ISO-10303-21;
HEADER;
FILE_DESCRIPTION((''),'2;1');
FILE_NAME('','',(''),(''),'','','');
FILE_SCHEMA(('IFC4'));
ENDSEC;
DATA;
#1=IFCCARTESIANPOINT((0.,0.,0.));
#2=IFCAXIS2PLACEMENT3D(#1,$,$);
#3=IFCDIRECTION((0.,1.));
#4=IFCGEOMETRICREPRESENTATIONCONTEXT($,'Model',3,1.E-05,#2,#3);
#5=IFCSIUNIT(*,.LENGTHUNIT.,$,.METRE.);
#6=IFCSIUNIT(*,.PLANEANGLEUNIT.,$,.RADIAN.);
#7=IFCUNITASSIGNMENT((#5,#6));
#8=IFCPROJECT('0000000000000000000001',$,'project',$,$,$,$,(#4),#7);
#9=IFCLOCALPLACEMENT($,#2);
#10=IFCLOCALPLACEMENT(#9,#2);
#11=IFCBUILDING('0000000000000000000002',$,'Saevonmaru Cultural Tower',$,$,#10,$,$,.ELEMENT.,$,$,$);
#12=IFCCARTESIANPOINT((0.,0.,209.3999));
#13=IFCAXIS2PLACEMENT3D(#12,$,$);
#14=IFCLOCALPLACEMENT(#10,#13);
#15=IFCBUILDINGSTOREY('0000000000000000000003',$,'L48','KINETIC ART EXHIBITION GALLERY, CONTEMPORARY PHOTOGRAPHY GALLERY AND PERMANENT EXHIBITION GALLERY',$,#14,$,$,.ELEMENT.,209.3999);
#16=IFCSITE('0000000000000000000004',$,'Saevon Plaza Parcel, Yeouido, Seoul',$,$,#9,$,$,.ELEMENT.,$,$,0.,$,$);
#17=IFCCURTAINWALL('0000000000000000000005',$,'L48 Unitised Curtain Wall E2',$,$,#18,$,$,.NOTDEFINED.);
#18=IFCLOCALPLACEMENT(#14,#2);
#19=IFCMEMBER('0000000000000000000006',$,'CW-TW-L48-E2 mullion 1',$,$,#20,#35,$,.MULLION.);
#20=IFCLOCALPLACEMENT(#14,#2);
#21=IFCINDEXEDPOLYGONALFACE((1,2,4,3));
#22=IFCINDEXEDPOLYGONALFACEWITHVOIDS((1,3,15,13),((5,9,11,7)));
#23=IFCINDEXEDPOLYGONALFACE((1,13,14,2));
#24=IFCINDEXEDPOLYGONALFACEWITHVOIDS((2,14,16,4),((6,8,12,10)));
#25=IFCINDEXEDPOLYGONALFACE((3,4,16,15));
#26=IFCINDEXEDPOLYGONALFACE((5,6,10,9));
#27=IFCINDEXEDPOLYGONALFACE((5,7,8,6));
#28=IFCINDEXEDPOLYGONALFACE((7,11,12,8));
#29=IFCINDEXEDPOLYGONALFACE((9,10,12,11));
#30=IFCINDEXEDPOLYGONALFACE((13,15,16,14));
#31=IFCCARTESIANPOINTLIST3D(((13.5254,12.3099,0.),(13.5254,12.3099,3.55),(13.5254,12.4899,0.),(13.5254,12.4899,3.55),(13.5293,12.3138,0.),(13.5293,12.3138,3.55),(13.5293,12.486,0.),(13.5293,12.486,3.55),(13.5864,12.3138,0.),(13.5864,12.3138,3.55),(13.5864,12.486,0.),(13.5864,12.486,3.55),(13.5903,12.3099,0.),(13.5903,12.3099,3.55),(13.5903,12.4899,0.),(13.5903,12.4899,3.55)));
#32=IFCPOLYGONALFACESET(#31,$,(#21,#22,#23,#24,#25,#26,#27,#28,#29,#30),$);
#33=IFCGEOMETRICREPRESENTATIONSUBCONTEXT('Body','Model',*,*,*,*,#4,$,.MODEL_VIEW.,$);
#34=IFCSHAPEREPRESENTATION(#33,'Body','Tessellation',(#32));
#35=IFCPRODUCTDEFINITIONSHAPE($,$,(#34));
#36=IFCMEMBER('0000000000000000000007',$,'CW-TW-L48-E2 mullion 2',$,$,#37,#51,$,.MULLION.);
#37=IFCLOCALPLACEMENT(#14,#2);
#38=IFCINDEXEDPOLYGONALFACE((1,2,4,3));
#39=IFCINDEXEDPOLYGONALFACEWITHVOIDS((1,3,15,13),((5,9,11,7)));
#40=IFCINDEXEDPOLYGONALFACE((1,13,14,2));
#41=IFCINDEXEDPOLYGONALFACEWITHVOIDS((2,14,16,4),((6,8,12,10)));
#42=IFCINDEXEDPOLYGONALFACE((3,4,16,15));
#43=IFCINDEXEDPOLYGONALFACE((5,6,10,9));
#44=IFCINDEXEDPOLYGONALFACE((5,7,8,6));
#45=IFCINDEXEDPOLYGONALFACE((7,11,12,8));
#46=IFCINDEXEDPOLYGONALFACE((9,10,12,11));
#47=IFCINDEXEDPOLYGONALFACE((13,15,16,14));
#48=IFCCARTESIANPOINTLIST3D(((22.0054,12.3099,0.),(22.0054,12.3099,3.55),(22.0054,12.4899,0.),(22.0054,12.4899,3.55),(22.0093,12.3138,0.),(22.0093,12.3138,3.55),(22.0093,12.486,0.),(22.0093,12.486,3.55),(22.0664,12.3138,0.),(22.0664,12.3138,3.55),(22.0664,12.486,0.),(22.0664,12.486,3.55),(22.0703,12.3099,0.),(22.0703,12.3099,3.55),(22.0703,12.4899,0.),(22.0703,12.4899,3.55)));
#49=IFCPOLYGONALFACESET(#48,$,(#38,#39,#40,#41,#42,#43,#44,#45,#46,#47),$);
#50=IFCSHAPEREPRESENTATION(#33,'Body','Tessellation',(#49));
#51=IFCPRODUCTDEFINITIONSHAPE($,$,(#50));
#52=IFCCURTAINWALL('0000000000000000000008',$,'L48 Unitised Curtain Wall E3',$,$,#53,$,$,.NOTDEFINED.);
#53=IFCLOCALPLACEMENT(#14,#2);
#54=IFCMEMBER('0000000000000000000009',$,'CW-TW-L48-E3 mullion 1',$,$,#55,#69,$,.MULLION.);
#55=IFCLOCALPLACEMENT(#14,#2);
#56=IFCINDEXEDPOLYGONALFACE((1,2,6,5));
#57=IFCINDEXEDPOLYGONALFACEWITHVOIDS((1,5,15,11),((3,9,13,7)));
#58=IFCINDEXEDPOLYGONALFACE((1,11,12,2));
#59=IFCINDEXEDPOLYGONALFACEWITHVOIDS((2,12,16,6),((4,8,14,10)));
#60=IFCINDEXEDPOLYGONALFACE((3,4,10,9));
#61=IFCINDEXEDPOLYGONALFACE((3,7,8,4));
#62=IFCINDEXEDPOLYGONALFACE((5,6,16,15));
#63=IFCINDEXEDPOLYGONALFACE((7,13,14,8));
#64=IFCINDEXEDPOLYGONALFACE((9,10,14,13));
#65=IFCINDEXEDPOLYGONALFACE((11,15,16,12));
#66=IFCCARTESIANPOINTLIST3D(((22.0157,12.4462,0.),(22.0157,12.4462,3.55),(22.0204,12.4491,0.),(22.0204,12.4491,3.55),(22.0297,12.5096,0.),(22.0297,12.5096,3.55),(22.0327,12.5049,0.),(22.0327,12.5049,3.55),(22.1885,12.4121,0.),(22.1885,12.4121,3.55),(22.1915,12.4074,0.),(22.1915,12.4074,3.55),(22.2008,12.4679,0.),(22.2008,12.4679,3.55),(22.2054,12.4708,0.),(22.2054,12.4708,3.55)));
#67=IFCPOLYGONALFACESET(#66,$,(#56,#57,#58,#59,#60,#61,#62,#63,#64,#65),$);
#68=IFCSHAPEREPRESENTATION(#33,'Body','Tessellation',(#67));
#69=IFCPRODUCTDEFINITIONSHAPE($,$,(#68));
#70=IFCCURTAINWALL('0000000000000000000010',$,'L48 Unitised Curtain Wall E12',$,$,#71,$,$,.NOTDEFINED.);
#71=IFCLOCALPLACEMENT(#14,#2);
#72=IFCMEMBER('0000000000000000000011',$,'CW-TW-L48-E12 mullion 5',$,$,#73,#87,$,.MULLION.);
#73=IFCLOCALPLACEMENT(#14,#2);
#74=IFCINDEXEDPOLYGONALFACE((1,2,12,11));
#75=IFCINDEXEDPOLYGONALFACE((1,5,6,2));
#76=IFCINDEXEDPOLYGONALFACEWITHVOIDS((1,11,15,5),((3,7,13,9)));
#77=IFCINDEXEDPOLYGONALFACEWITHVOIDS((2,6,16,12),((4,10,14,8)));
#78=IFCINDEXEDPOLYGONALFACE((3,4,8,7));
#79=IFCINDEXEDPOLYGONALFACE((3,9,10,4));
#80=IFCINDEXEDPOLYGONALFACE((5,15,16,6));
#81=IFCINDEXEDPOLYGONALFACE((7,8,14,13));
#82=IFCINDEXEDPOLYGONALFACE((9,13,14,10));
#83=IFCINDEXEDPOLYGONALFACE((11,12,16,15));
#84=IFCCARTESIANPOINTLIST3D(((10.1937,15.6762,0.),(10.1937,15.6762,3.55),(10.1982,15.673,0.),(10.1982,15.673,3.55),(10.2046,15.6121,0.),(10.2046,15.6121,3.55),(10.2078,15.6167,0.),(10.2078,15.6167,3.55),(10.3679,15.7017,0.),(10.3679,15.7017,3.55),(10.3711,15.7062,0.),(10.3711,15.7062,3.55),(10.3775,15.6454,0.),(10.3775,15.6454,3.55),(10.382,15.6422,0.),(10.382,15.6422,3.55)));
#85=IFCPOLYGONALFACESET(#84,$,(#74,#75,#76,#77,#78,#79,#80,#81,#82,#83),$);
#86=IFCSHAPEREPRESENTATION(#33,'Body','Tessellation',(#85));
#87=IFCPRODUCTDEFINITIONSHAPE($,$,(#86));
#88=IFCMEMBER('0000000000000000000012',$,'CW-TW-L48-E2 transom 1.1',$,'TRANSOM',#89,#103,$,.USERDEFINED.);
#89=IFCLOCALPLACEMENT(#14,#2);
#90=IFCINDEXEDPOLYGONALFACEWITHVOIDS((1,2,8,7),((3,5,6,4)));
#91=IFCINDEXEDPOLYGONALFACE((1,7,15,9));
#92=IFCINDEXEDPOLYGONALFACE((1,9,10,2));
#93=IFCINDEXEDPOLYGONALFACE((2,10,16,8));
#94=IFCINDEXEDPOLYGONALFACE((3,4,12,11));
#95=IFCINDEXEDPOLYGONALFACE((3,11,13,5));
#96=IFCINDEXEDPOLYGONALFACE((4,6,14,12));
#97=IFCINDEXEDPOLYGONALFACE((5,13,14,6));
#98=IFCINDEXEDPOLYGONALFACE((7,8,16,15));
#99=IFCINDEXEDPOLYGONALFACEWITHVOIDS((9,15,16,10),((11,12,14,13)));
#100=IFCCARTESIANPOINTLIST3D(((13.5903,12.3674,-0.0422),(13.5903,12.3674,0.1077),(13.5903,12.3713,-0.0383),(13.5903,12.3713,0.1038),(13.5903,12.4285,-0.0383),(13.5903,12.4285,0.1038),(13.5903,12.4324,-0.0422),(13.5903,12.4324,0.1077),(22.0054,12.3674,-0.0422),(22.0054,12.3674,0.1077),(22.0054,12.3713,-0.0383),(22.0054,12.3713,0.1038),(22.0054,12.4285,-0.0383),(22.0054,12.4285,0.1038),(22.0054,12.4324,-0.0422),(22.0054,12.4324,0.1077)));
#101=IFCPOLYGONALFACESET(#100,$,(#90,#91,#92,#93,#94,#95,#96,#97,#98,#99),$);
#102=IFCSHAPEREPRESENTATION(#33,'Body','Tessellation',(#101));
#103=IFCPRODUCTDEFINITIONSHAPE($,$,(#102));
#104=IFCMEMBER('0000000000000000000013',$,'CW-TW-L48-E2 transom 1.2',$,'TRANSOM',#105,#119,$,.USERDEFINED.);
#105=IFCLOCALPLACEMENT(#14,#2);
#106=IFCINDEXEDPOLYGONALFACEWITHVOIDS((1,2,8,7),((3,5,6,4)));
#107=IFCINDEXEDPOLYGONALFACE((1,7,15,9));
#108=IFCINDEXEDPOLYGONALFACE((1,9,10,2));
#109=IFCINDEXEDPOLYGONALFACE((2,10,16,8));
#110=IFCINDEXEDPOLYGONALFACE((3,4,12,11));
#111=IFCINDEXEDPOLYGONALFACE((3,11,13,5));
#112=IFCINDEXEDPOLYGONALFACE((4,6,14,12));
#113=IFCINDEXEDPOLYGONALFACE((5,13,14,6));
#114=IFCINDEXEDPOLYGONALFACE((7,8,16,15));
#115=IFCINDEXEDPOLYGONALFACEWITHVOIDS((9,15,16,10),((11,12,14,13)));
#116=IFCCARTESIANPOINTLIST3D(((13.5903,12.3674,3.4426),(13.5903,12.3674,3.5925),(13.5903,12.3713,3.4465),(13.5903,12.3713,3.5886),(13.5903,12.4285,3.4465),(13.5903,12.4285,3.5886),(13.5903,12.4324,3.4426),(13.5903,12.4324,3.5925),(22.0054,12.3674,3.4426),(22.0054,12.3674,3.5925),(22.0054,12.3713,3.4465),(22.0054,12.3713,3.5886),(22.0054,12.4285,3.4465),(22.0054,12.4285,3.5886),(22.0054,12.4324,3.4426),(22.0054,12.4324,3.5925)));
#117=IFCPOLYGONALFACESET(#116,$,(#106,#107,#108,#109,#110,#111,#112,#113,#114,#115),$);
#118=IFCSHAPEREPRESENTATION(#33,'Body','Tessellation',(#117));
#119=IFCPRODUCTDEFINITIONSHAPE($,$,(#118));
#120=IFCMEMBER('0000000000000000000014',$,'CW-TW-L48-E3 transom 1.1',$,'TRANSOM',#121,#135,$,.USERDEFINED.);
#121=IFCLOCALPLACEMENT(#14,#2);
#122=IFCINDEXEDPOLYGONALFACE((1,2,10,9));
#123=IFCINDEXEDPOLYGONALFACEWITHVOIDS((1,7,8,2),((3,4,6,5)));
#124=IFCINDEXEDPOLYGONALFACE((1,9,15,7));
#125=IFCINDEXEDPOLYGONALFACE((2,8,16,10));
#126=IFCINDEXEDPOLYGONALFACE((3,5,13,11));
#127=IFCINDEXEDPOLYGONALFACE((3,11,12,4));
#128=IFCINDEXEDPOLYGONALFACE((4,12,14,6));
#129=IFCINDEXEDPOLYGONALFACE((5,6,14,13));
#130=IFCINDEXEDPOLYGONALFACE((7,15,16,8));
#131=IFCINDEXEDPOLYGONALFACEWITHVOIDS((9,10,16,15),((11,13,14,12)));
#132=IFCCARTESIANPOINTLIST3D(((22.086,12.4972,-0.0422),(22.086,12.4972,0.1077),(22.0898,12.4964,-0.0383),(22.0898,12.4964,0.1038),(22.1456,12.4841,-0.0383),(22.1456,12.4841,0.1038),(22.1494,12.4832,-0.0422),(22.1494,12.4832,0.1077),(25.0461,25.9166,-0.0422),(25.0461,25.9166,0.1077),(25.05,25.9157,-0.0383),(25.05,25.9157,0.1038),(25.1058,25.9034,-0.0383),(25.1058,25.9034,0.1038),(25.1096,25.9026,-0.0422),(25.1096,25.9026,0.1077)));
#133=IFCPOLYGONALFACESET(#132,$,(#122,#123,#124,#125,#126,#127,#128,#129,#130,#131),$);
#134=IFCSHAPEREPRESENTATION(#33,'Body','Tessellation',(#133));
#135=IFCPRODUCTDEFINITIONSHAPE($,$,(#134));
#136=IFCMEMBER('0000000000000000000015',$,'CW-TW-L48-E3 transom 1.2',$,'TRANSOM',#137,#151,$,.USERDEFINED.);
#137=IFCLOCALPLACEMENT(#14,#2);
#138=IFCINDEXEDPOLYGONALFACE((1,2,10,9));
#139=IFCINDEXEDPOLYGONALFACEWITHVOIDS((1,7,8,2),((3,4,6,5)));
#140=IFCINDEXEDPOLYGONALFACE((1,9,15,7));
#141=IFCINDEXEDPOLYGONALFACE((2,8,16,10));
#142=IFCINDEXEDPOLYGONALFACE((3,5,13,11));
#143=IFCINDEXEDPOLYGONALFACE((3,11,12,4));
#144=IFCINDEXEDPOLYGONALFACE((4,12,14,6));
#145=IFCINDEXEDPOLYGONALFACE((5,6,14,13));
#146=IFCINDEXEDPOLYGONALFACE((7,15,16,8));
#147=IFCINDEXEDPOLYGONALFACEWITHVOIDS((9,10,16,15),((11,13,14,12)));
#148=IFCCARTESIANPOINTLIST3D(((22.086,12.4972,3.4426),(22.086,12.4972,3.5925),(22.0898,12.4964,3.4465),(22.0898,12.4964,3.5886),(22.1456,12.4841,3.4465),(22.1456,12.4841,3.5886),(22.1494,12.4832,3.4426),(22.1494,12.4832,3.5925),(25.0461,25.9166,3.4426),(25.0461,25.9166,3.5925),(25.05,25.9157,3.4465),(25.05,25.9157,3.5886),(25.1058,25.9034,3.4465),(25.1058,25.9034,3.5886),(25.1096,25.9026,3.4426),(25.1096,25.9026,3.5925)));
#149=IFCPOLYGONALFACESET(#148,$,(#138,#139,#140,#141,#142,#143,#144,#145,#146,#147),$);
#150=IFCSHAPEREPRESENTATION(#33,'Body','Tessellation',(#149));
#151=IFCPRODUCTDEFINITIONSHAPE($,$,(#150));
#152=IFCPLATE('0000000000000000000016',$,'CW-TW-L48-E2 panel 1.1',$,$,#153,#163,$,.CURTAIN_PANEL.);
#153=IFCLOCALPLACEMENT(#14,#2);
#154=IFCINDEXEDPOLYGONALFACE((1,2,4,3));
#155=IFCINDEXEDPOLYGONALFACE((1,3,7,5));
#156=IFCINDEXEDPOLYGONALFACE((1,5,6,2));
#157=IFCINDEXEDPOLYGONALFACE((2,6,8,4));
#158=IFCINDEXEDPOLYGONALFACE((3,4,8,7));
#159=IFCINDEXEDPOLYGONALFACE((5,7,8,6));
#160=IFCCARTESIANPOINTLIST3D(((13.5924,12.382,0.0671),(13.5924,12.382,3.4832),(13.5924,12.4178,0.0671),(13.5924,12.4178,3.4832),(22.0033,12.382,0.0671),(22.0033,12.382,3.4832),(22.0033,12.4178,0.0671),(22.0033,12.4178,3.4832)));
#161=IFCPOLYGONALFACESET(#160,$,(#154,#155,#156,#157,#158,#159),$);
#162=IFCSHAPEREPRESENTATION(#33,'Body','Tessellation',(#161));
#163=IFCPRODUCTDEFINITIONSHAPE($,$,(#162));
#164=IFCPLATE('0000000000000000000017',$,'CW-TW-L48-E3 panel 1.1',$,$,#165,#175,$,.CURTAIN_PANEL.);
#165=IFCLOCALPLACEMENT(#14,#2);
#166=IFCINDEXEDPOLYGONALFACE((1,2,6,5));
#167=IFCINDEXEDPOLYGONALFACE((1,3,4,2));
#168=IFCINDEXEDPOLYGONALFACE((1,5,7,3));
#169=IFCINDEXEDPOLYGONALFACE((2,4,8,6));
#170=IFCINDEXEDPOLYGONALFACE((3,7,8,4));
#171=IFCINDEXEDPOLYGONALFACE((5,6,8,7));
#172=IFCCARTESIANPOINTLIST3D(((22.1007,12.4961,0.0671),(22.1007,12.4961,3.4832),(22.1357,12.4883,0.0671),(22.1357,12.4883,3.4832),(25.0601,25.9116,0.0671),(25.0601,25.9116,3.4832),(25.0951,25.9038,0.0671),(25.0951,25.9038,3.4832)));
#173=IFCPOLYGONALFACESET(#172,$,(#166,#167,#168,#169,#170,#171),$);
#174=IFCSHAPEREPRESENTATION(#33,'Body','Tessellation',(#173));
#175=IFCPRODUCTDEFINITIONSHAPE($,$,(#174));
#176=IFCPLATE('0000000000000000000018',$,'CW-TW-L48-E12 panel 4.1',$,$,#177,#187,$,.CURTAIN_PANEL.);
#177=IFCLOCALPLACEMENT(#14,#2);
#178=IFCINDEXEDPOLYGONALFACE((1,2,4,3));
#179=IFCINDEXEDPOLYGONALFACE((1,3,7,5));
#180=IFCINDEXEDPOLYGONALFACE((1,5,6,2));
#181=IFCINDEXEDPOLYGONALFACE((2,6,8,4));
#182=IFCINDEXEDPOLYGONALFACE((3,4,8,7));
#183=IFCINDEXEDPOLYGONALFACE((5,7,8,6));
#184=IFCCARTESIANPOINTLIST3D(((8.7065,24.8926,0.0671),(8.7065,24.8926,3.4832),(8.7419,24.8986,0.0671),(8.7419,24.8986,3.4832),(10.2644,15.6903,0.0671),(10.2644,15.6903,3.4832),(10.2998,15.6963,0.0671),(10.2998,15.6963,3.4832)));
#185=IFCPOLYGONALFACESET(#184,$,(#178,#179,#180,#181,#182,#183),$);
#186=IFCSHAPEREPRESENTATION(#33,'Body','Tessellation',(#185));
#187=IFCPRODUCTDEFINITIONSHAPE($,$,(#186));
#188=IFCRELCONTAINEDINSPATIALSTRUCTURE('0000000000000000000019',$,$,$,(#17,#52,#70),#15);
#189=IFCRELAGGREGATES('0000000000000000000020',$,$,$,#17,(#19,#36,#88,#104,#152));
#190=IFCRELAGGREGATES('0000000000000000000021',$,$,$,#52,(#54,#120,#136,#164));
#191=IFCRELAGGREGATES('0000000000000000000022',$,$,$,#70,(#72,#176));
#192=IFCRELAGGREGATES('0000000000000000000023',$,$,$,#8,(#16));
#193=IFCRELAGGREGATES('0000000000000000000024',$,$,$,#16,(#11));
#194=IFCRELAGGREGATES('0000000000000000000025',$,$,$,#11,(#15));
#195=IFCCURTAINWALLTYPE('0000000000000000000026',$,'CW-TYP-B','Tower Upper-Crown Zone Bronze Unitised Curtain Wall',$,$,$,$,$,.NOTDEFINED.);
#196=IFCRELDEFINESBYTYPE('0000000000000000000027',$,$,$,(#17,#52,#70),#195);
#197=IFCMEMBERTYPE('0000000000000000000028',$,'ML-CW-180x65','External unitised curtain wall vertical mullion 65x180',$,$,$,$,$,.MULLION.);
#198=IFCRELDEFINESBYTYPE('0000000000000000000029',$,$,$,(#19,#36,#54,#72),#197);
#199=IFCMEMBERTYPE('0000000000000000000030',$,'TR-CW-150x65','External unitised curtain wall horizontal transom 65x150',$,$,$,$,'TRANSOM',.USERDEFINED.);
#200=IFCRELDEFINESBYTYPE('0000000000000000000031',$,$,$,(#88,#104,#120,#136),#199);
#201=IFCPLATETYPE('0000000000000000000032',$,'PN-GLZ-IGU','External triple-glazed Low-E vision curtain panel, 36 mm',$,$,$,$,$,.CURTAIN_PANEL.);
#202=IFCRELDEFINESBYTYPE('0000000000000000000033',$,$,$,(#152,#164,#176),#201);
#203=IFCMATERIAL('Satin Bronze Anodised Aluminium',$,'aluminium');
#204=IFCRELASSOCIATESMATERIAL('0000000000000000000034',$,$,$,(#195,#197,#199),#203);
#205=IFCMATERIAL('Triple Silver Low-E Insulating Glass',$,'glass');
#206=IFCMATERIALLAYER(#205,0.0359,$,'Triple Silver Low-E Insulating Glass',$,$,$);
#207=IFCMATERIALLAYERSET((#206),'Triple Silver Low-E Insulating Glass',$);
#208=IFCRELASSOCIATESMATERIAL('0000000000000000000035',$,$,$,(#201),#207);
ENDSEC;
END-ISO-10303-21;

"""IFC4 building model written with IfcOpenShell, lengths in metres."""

from ifc_helpers import new_model, si_unit, direction, frame, origin, origin_2d, place, context, subcontext, project, spatial, rectangle, hollow_rectangle, extrude, material, layer, layer_set, material_profile, profile_set, type_object, element, aggregate, save


model = new_model("IFC4")

# Units and contexts
model_context = context("Model", 3, precision=1e-05, world=origin(), true_north=direction((0.0, 1.0)))
body_context = subcontext(model_context, "Body", "Model", "MODEL_VIEW")
ifc_project = project(units=[si_unit("LENGTHUNIT", "METRE"), si_unit("PLANEANGLEUNIT", "RADIAN")], contexts=[model_context])

# Site, building, storey
site_placement = place(None, origin())
site = spatial("IfcSite", under=ifc_project, at=site_placement, Name="Saevon Plaza Parcel, Yeouido, Seoul", CompositionType="ELEMENT", RefElevation=0.0)
building_placement = place(site_placement, origin())
building = spatial("IfcBuilding", under=site, at=building_placement, Name="Saevonmaru Cultural Tower", CompositionType="ELEMENT")
storey_placement = place(building_placement, frame((0.0, 0.0, 209.3999)))
storey = spatial("IfcBuildingStorey", under=building, at=storey_placement, Name="L48", Description="KINETIC ART EXHIBITION GALLERY, CONTEMPORARY PHOTOGRAPHY GALLERY AND PERMANENT EXHIBITION GALLERY", CompositionType="ELEMENT", Elevation=209.3999)

# Curtain wall, members
ifc_material_1 = material(Name="Satin Bronze Anodised Aluminium", Category="aluminium")
curtain_wall_type = type_object("IfcCurtainWallType", Name="CW-TYP-B", Description="Tower Upper-Crown Zone Bronze Unitised Curtain Wall", PredefinedType="NOTDEFINED", material=ifc_material_1)
curtain_wall_1_placement = place(storey_placement, origin())
curtain_wall_1 = element("IfcCurtainWall", 1, at=curtain_wall_1_placement, inside=storey, type_object=curtain_wall_type, Name="L48 Unitised Curtain Wall E2", PredefinedType="NOTDEFINED")
ifc_material_profile_1 = material_profile(ifc_material_1, hollow_rectangle(XDim=0.0649, YDim=0.1799, WallThickness=0.0039, at=origin_2d()), Name="ALU-MULL-180x65x4")
ifc_profile_set_1 = profile_set([ifc_material_profile_1], Name="Satin Bronze Anodised Aluminium")
member_type_1 = type_object("IfcMemberType", Name="ML-CW-180x65", Description="External unitised curtain wall vertical mullion 65x180", PredefinedType="MULLION", material=ifc_profile_set_1)
member_1_placement = place(storey_placement, frame((13.5579, 12.3999, 0.0), z_axis=(0.0, 0.0, 1.0), x_axis=(1.0, 0.0, 0.0)))
member_1 = element("IfcMember", 2, at=member_1_placement, type_object=member_type_1, Name="CW-TW-L48-E2 mullion 1", PredefinedType="MULLION", context=body_context, shape_type="SweptSolid", body=[
    extrude(hollow_rectangle(XDim=0.0649, YDim=0.1799, WallThickness=0.0039, at=origin_2d()), origin(), (0.0, 0.0, 1.0), 3.55),
])
member_2_placement = place(storey_placement, frame((22.0378, 12.3999, 0.0), z_axis=(0.0, 0.0, 1.0), x_axis=(1.0, 0.0, 0.0)))
member_2 = element("IfcMember", 3, at=member_2_placement, type_object=member_type_1, Name="CW-TW-L48-E2 mullion 2", PredefinedType="MULLION", context=body_context, shape_type="SweptSolid", body=[
    extrude(hollow_rectangle(XDim=0.0649, YDim=0.1799, WallThickness=0.0039, at=origin_2d()), origin(), (0.0, 0.0, 1.0), 3.55),
])

# Curtain walls, members
curtain_wall_2_placement = place(storey_placement, origin())
curtain_wall_2 = element("IfcCurtainWall", 4, at=curtain_wall_2_placement, inside=storey, type_object=curtain_wall_type, Name="L48 Unitised Curtain Wall E3", PredefinedType="NOTDEFINED")
member_3_placement = place(storey_placement, frame((22.1106, 12.4585, 0.0), z_axis=(0.0, 0.0, 1.0), x_axis=(0.215413, 0.976523, 0.0)))
member_3 = element("IfcMember", 5, at=member_3_placement, type_object=member_type_1, Name="CW-TW-L48-E3 mullion 1", PredefinedType="MULLION", context=body_context, shape_type="SweptSolid", body=[
    extrude(hollow_rectangle(XDim=0.0649, YDim=0.1799, WallThickness=0.0039, at=origin_2d()), origin(), (0.0, 0.0, 1.0), 3.55),
])
curtain_wall_3_placement = place(storey_placement, origin())
curtain_wall_3 = element("IfcCurtainWall", 6, at=curtain_wall_3_placement, inside=storey, type_object=curtain_wall_type, Name="L48 Unitised Curtain Wall E12", PredefinedType="NOTDEFINED")
member_4_placement = place(storey_placement, frame((10.2878, 15.6592, 0.0), z_axis=(0.0, 0.0, 1.0), x_axis=(0.166922, -0.98597, 0.0)))
member_4 = element("IfcMember", 7, at=member_4_placement, type_object=member_type_1, Name="CW-TW-L48-E12 mullion 5", PredefinedType="MULLION", context=body_context, shape_type="SweptSolid", body=[
    extrude(hollow_rectangle(XDim=0.0649, YDim=0.1799, WallThickness=0.0039, at=origin_2d()), origin(), (0.0, 0.0, 1.0), 3.55),
])

# Members
ifc_material_profile_2 = material_profile(ifc_material_1, hollow_rectangle(XDim=0.0649, YDim=0.1499, WallThickness=0.0039, at=origin_2d()), Name="ALU-TRAN-150x65x4")
ifc_profile_set_2 = profile_set([ifc_material_profile_2], Name="Satin Bronze Anodised Aluminium")
member_type_2 = type_object("IfcMemberType", Name="TR-CW-150x65", Description="External unitised curtain wall horizontal transom 65x150", ElementType="TRANSOM", PredefinedType="USERDEFINED", material=ifc_profile_set_2)
member_5_placement = place(storey_placement, frame((13.5903, 12.3999, 0.0327), z_axis=(1.0, 0.0, 0.0), x_axis=(0.0, 1.0, 0.0)))
member_5 = element("IfcMember", 8, at=member_5_placement, type_object=member_type_2, Name="CW-TW-L48-E2 transom 1.1", ObjectType="TRANSOM", PredefinedType="USERDEFINED", context=body_context, shape_type="SweptSolid", body=[
    extrude(hollow_rectangle(XDim=0.0649, YDim=0.1499, WallThickness=0.0039, at=origin_2d()), origin(), (0.0, 0.0, 1.0), 8.415),
])
member_6_placement = place(storey_placement, frame((13.5903, 12.3999, 3.5176), z_axis=(1.0, 0.0, 0.0), x_axis=(0.0, 1.0, 0.0)))
member_6 = element("IfcMember", 9, at=member_6_placement, type_object=member_type_2, Name="CW-TW-L48-E2 transom 1.2", ObjectType="TRANSOM", PredefinedType="USERDEFINED", context=body_context, shape_type="SweptSolid", body=[
    extrude(hollow_rectangle(XDim=0.0649, YDim=0.1499, WallThickness=0.0039, at=origin_2d()), origin(), (0.0, 0.0, 1.0), 8.415),
])
member_7_placement = place(storey_placement, frame((22.1177, 12.4902, 0.0327), z_axis=(0.215412, 0.976523, 0.0), x_axis=(-0.976523, 0.215412, 0.0)))
member_7 = element("IfcMember", 10, at=member_7_placement, type_object=member_type_2, Name="CW-TW-L48-E3 transom 1.1", ObjectType="TRANSOM", PredefinedType="USERDEFINED", context=body_context, shape_type="SweptSolid", body=[
    extrude(hollow_rectangle(XDim=0.0649, YDim=0.1499, WallThickness=0.0039, at=origin_2d()), origin(), (0.0, 0.0, 1.0), 13.7419),
])
member_8_placement = place(storey_placement, frame((22.1177, 12.4902, 3.5176), z_axis=(0.215412, 0.976523, 0.0), x_axis=(-0.976523, 0.215412, 0.0)))
member_8 = element("IfcMember", 11, at=member_8_placement, type_object=member_type_2, Name="CW-TW-L48-E3 transom 1.2", ObjectType="TRANSOM", PredefinedType="USERDEFINED", context=body_context, shape_type="SweptSolid", body=[
    extrude(hollow_rectangle(XDim=0.0649, YDim=0.1499, WallThickness=0.0039, at=origin_2d()), origin(), (0.0, 0.0, 1.0), 13.7419),
])

# Plates
ifc_material_2 = material(Name="Triple Silver Low-E Insulating Glass", Category="glass")
ifc_layer_1 = layer(ifc_material_2, 0.0359, Name="Triple Silver Low-E Insulating Glass")
ifc_layer_set_1 = layer_set([ifc_layer_1], Name="Triple Silver Low-E Insulating Glass")
plate_type = type_object("IfcPlateType", Name="PN-GLZ-IGU", Description="External triple-glazed Low-E vision curtain panel, 36 mm", PredefinedType="CURTAIN_PANEL", material=ifc_layer_set_1)
plate_1_placement = place(storey_placement, frame((17.7979, 12.3999, 0.0671), z_axis=(0.0, 0.0, 1.0), x_axis=(1.0, 0.0, 0.0)))
plate_1 = element("IfcPlate", 12, at=plate_1_placement, type_object=plate_type, Name="CW-TW-L48-E2 panel 1.1", PredefinedType="CURTAIN_PANEL", context=body_context, shape_type="SweptSolid", body=[
    extrude(rectangle(XDim=8.4109, YDim=0.0359, at=origin_2d()), origin(), (0.0, 0.0, 1.0), 3.416),
])
aggregate(curtain_wall_1, [member_1, member_2, member_5, member_6, plate_1])
plate_2_placement = place(storey_placement, frame((23.5979, 19.2, 0.0671), z_axis=(0.0, 0.0, 1.0), x_axis=(0.215413, 0.976523, 0.0)))
plate_2 = element("IfcPlate", 13, at=plate_2_placement, type_object=plate_type, Name="CW-TW-L48-E3 panel 1.1", PredefinedType="CURTAIN_PANEL", context=body_context, shape_type="SweptSolid", body=[
    extrude(rectangle(XDim=13.738, YDim=0.0359, at=origin_2d()), origin(), (0.0, 0.0, 1.0), 3.416),
])
aggregate(curtain_wall_2, [member_3, member_7, member_8, plate_2])
plate_3_placement = place(storey_placement, frame((9.5032, 20.2944, 0.0671), z_axis=(0.0, 0.0, 1.0), x_axis=(0.166922, -0.98597, 0.0)))
plate_3 = element("IfcPlate", 14, at=plate_3_placement, type_object=plate_type, Name="CW-TW-L48-E12 panel 4.1", PredefinedType="CURTAIN_PANEL", context=body_context, shape_type="SweptSolid", body=[
    extrude(rectangle(XDim=9.3333, YDim=0.0359, at=origin_2d()), origin(), (0.0, 0.0, 1.0), 3.416),
])
aggregate(curtain_wall_3, [member_4, plate_3])

save(model, "model.ifc")
